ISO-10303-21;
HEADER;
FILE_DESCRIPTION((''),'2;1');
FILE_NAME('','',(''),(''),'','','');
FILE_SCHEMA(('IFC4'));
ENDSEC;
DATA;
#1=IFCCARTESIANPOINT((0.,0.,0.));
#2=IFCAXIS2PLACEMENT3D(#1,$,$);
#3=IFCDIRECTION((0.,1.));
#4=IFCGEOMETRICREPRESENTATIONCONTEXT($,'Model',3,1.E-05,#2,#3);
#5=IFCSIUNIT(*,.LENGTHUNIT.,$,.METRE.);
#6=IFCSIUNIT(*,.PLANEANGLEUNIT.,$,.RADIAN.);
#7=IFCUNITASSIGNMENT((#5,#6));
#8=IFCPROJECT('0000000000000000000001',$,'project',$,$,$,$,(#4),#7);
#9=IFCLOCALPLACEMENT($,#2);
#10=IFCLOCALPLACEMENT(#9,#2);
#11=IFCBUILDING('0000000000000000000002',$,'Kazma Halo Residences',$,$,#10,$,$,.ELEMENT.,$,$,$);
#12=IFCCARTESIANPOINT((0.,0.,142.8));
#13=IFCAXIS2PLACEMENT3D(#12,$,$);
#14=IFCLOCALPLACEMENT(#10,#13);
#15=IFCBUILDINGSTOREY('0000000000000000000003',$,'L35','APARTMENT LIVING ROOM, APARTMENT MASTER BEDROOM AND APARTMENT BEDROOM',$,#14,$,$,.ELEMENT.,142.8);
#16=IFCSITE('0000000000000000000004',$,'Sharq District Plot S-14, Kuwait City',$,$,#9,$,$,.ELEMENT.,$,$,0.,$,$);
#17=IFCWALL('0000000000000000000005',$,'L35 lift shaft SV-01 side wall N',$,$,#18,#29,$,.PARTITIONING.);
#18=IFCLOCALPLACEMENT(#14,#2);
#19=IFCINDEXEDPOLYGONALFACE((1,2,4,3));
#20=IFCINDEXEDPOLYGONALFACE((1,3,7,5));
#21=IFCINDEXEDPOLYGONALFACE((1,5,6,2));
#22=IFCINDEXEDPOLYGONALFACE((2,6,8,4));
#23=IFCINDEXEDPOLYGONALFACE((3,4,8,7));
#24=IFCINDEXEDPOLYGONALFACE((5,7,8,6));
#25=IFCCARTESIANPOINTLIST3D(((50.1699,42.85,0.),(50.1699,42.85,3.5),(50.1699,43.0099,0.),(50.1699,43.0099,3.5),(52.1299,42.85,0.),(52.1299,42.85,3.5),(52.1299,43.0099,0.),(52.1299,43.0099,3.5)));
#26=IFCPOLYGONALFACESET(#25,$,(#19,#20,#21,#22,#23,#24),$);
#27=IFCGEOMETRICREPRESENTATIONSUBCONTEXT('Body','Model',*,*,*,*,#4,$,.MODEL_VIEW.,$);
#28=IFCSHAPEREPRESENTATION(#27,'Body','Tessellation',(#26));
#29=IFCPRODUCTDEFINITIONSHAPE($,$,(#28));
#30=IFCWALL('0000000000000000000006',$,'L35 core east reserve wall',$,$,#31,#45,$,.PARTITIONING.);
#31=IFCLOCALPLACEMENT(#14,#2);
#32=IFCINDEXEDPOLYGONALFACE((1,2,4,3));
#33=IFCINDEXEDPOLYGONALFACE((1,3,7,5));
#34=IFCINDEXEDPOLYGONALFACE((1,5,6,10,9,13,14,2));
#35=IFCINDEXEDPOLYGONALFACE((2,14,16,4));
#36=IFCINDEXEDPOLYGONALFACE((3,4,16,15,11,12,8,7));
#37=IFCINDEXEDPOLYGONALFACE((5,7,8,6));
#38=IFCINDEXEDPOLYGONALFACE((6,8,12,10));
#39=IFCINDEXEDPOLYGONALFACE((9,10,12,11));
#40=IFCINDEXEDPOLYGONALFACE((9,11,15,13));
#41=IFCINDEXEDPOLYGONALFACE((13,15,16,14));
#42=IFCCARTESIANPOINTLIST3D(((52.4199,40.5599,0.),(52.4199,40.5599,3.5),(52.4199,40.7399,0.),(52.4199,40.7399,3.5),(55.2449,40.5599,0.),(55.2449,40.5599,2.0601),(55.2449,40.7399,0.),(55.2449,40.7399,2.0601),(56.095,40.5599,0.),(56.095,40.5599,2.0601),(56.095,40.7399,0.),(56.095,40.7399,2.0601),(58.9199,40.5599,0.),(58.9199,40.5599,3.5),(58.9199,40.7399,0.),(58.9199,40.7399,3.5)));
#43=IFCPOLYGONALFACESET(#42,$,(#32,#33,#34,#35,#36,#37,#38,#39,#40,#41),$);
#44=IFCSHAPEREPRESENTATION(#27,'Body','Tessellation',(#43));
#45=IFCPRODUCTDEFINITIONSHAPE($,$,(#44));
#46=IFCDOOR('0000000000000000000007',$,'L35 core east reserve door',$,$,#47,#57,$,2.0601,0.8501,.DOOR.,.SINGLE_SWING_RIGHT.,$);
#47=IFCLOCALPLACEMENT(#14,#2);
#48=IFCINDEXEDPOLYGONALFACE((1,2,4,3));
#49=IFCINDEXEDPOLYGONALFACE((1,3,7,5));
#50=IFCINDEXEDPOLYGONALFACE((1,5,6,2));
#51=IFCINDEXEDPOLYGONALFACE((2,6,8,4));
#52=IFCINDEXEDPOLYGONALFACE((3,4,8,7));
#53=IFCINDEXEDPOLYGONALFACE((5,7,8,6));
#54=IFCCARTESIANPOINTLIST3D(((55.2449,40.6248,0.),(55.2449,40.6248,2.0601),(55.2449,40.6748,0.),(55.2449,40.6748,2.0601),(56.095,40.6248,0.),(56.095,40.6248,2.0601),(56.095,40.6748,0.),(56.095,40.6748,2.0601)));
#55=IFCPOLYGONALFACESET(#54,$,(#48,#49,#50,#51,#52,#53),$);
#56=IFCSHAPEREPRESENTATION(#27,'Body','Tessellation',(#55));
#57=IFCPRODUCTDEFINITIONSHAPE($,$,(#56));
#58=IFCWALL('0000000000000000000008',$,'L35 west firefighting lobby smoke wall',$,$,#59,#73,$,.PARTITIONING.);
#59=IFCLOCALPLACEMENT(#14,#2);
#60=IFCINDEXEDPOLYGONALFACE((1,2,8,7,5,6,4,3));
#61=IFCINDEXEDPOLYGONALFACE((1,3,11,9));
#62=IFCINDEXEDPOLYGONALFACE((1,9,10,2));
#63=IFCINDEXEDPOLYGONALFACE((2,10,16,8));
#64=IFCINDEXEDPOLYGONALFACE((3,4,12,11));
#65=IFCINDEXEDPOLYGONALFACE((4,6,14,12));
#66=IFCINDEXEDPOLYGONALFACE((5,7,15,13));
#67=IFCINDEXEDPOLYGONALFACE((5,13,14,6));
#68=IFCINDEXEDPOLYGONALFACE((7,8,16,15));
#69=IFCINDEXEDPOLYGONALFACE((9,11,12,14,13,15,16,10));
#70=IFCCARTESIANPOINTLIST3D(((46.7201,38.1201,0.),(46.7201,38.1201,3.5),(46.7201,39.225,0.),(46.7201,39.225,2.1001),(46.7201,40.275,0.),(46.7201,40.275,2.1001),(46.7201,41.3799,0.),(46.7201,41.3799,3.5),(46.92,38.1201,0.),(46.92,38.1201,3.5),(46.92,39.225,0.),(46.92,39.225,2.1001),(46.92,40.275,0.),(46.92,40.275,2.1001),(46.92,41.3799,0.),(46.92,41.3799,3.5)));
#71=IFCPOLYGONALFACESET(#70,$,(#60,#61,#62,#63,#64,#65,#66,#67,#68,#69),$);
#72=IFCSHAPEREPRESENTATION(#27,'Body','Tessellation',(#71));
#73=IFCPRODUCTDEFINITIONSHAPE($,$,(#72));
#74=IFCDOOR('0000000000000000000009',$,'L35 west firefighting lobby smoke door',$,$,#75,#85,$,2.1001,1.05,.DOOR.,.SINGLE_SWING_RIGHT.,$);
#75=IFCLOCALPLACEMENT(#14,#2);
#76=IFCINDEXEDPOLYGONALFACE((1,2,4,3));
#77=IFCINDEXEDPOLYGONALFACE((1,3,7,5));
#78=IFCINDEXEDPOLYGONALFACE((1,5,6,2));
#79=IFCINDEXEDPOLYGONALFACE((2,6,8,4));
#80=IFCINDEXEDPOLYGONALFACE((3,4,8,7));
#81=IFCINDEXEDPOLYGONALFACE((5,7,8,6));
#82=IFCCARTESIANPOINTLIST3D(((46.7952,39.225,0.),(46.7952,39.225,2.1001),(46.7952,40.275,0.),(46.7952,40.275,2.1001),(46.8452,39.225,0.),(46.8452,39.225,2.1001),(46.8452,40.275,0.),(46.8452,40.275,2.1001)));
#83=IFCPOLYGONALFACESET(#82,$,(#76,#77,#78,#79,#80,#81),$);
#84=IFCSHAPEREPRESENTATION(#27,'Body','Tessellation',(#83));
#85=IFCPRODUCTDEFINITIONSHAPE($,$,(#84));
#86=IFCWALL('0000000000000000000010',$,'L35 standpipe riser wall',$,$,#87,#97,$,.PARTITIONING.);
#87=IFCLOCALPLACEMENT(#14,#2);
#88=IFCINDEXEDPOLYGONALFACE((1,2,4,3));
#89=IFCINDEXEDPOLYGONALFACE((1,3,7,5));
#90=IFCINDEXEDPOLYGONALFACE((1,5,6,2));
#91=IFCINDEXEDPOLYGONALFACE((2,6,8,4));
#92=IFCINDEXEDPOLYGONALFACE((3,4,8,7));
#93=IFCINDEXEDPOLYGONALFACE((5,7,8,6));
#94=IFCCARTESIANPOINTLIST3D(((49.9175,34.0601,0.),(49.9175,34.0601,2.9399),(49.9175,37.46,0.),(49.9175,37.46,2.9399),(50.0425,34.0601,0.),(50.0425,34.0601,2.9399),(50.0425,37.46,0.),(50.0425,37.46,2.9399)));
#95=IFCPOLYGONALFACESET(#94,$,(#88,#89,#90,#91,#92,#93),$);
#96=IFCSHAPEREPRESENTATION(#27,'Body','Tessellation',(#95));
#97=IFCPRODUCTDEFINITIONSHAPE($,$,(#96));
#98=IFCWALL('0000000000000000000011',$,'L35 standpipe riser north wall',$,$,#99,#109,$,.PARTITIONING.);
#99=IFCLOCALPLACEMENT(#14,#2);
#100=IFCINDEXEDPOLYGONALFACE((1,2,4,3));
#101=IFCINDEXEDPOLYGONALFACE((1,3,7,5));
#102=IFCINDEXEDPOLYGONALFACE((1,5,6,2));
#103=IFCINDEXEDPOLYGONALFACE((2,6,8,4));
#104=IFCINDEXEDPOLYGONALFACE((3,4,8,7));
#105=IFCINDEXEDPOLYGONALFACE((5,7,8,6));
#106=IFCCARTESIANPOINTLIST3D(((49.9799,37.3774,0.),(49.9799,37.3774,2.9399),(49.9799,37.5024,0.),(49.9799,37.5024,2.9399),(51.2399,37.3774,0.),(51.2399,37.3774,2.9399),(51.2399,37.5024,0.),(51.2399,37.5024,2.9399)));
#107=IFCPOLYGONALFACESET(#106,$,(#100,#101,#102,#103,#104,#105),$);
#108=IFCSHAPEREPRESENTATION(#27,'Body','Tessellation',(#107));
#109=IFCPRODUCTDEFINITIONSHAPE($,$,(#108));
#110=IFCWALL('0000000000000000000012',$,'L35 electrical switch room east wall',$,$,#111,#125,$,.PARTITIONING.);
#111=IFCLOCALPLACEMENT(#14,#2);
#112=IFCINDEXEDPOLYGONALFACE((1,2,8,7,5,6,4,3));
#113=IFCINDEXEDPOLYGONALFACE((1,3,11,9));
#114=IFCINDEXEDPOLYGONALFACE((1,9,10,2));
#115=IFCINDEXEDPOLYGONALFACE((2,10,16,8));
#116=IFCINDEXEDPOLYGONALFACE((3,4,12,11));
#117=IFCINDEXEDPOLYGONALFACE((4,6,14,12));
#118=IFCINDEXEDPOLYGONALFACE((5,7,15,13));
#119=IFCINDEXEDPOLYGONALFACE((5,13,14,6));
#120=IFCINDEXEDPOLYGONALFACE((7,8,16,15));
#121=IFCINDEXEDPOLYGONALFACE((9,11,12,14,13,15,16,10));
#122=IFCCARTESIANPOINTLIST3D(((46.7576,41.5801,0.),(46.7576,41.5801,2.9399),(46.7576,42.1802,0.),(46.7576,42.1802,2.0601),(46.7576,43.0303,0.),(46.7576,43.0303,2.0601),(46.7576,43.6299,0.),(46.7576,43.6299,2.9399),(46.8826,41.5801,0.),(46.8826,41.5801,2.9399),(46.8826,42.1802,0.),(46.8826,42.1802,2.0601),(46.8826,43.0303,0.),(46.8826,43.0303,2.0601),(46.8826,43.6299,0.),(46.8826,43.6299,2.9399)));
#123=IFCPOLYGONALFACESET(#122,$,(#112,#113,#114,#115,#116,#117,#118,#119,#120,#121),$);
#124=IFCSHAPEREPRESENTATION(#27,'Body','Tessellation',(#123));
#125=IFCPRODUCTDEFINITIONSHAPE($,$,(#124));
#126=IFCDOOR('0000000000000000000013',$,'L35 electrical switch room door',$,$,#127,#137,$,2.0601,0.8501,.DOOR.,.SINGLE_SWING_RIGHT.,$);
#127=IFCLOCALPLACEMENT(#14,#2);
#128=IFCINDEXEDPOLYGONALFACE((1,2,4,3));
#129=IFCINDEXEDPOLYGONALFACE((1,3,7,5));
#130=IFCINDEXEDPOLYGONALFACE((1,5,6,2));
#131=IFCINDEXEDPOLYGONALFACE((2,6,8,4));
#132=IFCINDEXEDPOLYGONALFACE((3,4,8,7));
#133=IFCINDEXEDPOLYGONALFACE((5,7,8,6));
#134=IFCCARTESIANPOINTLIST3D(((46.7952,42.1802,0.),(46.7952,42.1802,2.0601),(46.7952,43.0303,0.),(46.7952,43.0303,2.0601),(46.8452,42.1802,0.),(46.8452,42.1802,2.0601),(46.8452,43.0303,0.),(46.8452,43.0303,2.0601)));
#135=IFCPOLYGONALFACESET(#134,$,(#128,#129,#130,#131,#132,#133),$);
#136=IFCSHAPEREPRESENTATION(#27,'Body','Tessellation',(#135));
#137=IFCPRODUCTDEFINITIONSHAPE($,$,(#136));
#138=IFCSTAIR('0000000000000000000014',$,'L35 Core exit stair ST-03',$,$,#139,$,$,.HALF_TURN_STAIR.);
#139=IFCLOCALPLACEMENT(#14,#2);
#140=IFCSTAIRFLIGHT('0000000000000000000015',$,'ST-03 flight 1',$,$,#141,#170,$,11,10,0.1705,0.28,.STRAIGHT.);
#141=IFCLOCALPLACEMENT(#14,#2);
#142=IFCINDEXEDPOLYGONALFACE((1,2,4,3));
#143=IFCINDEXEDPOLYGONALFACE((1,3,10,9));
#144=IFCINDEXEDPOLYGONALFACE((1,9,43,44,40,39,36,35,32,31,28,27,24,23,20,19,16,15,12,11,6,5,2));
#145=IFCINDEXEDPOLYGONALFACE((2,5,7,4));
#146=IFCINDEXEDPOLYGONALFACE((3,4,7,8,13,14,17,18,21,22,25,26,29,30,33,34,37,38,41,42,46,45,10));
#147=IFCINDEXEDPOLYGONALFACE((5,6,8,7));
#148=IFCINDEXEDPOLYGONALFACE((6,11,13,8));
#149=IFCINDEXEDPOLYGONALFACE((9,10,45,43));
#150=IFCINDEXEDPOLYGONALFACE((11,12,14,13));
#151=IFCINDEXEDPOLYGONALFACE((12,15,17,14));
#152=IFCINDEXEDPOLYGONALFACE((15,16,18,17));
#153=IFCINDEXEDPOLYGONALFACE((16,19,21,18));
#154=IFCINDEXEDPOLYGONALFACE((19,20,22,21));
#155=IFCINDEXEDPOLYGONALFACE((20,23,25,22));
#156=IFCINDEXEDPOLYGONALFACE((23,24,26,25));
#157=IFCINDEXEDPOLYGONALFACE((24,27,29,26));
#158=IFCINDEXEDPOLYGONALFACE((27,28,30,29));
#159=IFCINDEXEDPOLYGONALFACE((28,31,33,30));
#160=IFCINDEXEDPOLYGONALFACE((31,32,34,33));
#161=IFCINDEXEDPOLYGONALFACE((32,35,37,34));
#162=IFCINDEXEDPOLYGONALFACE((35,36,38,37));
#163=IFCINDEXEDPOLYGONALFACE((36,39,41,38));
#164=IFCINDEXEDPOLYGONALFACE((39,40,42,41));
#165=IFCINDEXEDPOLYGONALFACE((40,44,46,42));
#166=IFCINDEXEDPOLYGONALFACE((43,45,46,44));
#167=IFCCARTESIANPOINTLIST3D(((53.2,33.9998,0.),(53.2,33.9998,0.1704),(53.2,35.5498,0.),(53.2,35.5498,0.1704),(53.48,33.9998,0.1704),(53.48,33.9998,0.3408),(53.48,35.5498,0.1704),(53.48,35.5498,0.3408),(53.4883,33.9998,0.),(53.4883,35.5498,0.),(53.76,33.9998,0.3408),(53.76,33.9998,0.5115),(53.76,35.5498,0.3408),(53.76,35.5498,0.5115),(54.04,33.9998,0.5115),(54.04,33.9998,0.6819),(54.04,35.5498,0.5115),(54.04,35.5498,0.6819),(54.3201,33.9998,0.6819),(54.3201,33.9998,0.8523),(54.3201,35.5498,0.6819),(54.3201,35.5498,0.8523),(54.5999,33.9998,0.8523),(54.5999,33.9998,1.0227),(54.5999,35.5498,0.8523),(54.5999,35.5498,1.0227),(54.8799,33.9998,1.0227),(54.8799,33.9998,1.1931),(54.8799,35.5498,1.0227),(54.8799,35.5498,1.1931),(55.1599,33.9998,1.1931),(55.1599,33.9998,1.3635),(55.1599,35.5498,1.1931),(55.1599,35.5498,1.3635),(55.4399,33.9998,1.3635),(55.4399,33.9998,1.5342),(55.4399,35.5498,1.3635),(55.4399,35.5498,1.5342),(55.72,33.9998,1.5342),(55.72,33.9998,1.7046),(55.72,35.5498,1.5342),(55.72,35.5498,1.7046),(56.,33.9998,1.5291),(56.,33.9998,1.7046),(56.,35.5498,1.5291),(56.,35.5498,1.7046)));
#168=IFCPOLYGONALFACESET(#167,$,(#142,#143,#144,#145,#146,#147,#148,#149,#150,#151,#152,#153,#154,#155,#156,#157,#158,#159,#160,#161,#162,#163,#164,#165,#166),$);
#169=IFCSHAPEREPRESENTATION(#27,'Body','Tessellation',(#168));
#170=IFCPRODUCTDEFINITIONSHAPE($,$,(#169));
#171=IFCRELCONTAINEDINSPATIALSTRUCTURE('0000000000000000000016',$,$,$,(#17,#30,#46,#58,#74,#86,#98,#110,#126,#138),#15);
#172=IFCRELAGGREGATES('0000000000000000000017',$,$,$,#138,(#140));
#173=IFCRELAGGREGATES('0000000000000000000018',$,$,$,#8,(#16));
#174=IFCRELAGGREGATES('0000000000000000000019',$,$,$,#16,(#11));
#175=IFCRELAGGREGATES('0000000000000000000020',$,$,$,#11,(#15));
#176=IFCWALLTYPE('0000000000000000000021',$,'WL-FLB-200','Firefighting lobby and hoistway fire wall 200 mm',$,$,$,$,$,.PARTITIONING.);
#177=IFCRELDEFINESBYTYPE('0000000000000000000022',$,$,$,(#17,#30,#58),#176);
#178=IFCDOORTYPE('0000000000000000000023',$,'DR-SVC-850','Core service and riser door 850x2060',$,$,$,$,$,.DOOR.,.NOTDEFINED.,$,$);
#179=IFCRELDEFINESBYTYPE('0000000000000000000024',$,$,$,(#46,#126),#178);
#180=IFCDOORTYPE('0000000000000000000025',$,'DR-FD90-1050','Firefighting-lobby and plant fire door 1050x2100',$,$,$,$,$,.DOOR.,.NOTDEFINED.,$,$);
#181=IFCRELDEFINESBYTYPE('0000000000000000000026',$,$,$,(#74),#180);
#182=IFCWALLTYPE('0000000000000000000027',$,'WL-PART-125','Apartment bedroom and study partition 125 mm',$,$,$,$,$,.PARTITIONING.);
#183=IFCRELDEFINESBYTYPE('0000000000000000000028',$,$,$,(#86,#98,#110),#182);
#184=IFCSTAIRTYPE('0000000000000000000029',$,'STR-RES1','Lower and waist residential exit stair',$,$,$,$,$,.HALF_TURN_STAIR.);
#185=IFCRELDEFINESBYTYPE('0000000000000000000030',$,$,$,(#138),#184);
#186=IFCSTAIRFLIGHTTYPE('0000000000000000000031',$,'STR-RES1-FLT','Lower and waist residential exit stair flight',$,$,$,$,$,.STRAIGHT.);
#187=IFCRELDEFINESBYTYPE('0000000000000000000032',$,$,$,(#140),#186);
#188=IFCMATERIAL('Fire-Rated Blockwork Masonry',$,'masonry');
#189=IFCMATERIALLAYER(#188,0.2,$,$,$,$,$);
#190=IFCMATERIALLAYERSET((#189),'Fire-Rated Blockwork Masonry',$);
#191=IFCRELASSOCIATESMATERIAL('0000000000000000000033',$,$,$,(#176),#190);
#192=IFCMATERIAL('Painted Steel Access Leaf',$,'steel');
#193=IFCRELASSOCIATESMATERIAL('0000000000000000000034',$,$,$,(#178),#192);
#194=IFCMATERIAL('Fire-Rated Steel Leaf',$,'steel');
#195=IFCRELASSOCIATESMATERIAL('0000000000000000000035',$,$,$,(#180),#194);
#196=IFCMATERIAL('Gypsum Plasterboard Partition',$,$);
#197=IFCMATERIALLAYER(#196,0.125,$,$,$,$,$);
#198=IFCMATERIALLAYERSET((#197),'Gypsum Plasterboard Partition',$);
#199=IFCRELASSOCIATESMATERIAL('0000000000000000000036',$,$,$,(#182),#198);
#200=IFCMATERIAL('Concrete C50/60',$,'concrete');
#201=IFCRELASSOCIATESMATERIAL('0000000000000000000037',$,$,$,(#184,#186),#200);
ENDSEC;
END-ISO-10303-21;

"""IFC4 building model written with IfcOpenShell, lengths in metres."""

from ifc_helpers import new_model, si_unit, direction, frame, frame_2d, origin, place, context, subcontext, project, spatial, polyline, rectangle, outline, extrude, material, layer, layer_set, type_object, element, fill, aggregate, save


model = new_model("IFC4")

# Units and contexts
model_context = context("Model", 3, precision=1e-05, world=origin(), true_north=direction((0.0, 1.0)))
body_context = subcontext(model_context, "Body", "Model", "MODEL_VIEW")
ifc_project = project(units=[si_unit("LENGTHUNIT", "METRE"), si_unit("PLANEANGLEUNIT", "RADIAN")], contexts=[model_context])

# Site, building, storey
site_placement = place(None, origin())
site = spatial("IfcSite", under=ifc_project, at=site_placement, Name="Sharq District Plot S-14, Kuwait City", CompositionType="ELEMENT", RefElevation=0.0)
building_placement = place(site_placement, origin())
building = spatial("IfcBuilding", under=site, at=building_placement, Name="Kazma Halo Residences", CompositionType="ELEMENT")
storey_placement = place(building_placement, frame((0.0, 0.0, 142.8)))
storey = spatial("IfcBuildingStorey", under=building, at=storey_placement, Name="L35", Description="APARTMENT LIVING ROOM, APARTMENT MASTER BEDROOM AND APARTMENT BEDROOM", CompositionType="ELEMENT", Elevation=142.8)

# Shared definitions
ifc_material_1 = material(Name="Fire-Rated Blockwork Masonry", Category="masonry")
ifc_layer_1 = layer(ifc_material_1, 0.2)
ifc_layer_set_1 = layer_set([ifc_layer_1], Name="Fire-Rated Blockwork Masonry")
wall_type_1 = type_object("IfcWallType", Name="WL-FLB-200", Description="Firefighting lobby and hoistway fire wall 200 mm", PredefinedType="PARTITIONING", material=ifc_layer_set_1)

# Wall
wall_1_placement = place(storey_placement, frame((50.1699, 42.9299, 0.0), z_axis=(0.0, 0.0, 1.0), x_axis=(1.0, 0.0, 0.0)))
element("IfcWall", 1, at=wall_1_placement, inside=storey, type_object=wall_type_1, Name="L35 lift shaft SV-01 side wall N", PredefinedType="PARTITIONING", context=body_context, shape_type="SweptSolid", body=[
    extrude(rectangle(XDim=1.96, YDim=0.1599, at=frame_2d((0.98, 0.0))), origin(), (0.0, 0.0, 1.0), 3.5),
])

# Walls, openings, doors
wall_2_placement = place(storey_placement, frame((52.4199, 40.6499, 0.0), z_axis=(0.0, 0.0, 1.0), x_axis=(1.0, 0.0, 0.0)))
wall_2 = element("IfcWall", 2, at=wall_2_placement, inside=storey, type_object=wall_type_1, Name="L35 core east reserve wall", PredefinedType="PARTITIONING", context=body_context, shape_type="SweptSolid", body=[
    extrude(rectangle(XDim=6.5, YDim=0.1799, at=frame_2d((3.25, 0.0))), origin(), (0.0, 0.0, 1.0), 3.5),
])
opening_1_placement = place(wall_2_placement, frame((2.825, 0.0, 0.0)))
opening_1 = element("IfcOpeningElement", 3, at=opening_1_placement, cuts=wall_2, PredefinedType="OPENING", context=body_context, shape_type="SweptSolid", body=[
    extrude(rectangle(XDim=0.8501, YDim=2.0601, at=frame_2d((0.425, 1.03))), frame((0.0, 0.0999, 0.0), z_axis=(0.0, -1.0, 0.0), x_axis=(1.0, 0.0, 0.0)), (0.0, 0.0, 1.0), 0.2),
])
ifc_material_2 = material(Name="Painted Steel Access Leaf", Category="steel")
door_type_1 = type_object("IfcDoorType", Name="DR-SVC-850", Description="Core service and riser door 850x2060", OperationType="NOTDEFINED", PredefinedType="DOOR", material=ifc_material_2)
door_1_placement = place(opening_1_placement, origin())
door_1 = element("IfcDoor", 4, at=door_1_placement, inside=storey, type_object=door_type_1, Name="L35 core east reserve door", OperationType="SINGLE_SWING_RIGHT", OverallHeight=2.0601, OverallWidth=0.8501, PredefinedType="DOOR", context=body_context, shape_type="SweptSolid", body=[
    extrude(rectangle(XDim=0.8501, YDim=2.0601, at=frame_2d((0.425, 1.03))), frame((0.0, 0.0249, 0.0), z_axis=(0.0, -1.0, 0.0), x_axis=(1.0, 0.0, 0.0)), (0.0, 0.0, 1.0), 0.05),
])
fill(opening_1, door_1)
wall_3_placement = place(storey_placement, frame((46.8201, 38.1201, 0.0), z_axis=(0.0, 0.0, 1.0), x_axis=(0.0, 1.0, 0.0)))
wall_3 = element("IfcWall", 5, at=wall_3_placement, inside=storey, type_object=wall_type_1, Name="L35 west firefighting lobby smoke wall", PredefinedType="PARTITIONING", context=body_context, shape_type="SweptSolid", body=[
    extrude(rectangle(XDim=3.2598, YDim=0.2, at=frame_2d((1.6299, 0.0))), origin(), (0.0, 0.0, 1.0), 3.5),
])
opening_2_placement = place(wall_3_placement, frame((1.105, 0.0, 0.0)))
opening_2 = element("IfcOpeningElement", 6, at=opening_2_placement, cuts=wall_3, PredefinedType="OPENING", context=body_context, shape_type="SweptSolid", body=[
    extrude(rectangle(XDim=1.05, YDim=2.1001, at=frame_2d((0.5249, 1.05))), frame((0.0, 0.1099, 0.0), z_axis=(0.0, -1.0, 0.0), x_axis=(1.0, 0.0, 0.0)), (0.0, 0.0, 1.0), 0.22),
])
ifc_material_3 = material(Name="Fire-Rated Steel Leaf", Category="steel")
door_type_2 = type_object("IfcDoorType", Name="DR-FD90-1050", Description="Firefighting-lobby and plant fire door 1050x2100", OperationType="NOTDEFINED", PredefinedType="DOOR", material=ifc_material_3)
door_2_placement = place(opening_2_placement, origin())
door_2 = element("IfcDoor", 7, at=door_2_placement, inside=storey, type_object=door_type_2, Name="L35 west firefighting lobby smoke door", OperationType="SINGLE_SWING_RIGHT", OverallHeight=2.1001, OverallWidth=1.05, PredefinedType="DOOR", context=body_context, shape_type="SweptSolid", body=[
    extrude(rectangle(XDim=1.05, YDim=2.1001, at=frame_2d((0.5249, 1.05))), frame((0.0, 0.0249, 0.0), z_axis=(0.0, -1.0, 0.0), x_axis=(1.0, 0.0, 0.0)), (0.0, 0.0, 1.0), 0.05),
])
fill(opening_2, door_2)

# Walls
ifc_material_4 = material(Name="Gypsum Plasterboard Partition")
ifc_layer_2 = layer(ifc_material_4, 0.125)
ifc_layer_set_2 = layer_set([ifc_layer_2], Name="Gypsum Plasterboard Partition")
wall_type_2 = type_object("IfcWallType", Name="WL-PART-125", Description="Apartment bedroom and study partition 125 mm", PredefinedType="PARTITIONING", material=ifc_layer_set_2)
wall_4_placement = place(storey_placement, frame((49.98, 34.0601, 0.0), z_axis=(0.0, 0.0, 1.0), x_axis=(0.0, 1.0, 0.0)))
element("IfcWall", 8, at=wall_4_placement, inside=storey, type_object=wall_type_2, Name="L35 standpipe riser wall", PredefinedType="PARTITIONING", context=body_context, shape_type="SweptSolid", body=[
    extrude(rectangle(XDim=3.3999, YDim=0.125, at=frame_2d((1.7, 0.0))), origin(), (0.0, 0.0, 1.0), 2.9399),
])
wall_5_placement = place(storey_placement, frame((49.98, 37.4399, 0.0), z_axis=(0.0, 0.0, 1.0), x_axis=(1.0, 0.0, 0.0)))
element("IfcWall", 9, at=wall_5_placement, inside=storey, type_object=wall_type_2, Name="L35 standpipe riser north wall", PredefinedType="PARTITIONING", context=body_context, shape_type="SweptSolid", body=[
    extrude(rectangle(XDim=1.26, YDim=0.125, at=frame_2d((0.6299, 0.0))), origin(), (0.0, 0.0, 1.0), 2.9399),
])

# Wall, opening, door
wall_6_placement = place(storey_placement, frame((46.8201, 41.5801, 0.0), z_axis=(0.0, 0.0, 1.0), x_axis=(0.0, 1.0, 0.0)))
wall_6 = element("IfcWall", 10, at=wall_6_placement, inside=storey, type_object=wall_type_2, Name="L35 electrical switch room east wall", PredefinedType="PARTITIONING", context=body_context, shape_type="SweptSolid", body=[
    extrude(rectangle(XDim=2.0498, YDim=0.125, at=frame_2d((1.0249, 0.0))), origin(), (0.0, 0.0, 1.0), 2.9399),
])
opening_3_placement = place(wall_6_placement, frame((0.6001, 0.0, 0.0)))
opening_3 = element("IfcOpeningElement", 11, at=opening_3_placement, cuts=wall_6, PredefinedType="OPENING", context=body_context, shape_type="SweptSolid", body=[
    extrude(rectangle(XDim=0.8501, YDim=2.0601, at=frame_2d((0.425, 1.03))), frame((0.0, 0.0725, 0.0), z_axis=(0.0, -1.0, 0.0), x_axis=(1.0, 0.0, 0.0)), (0.0, 0.0, 1.0), 0.145),
])
door_3_placement = place(opening_3_placement, origin())
door_3 = element("IfcDoor", 12, at=door_3_placement, inside=storey, type_object=door_type_1, Name="L35 electrical switch room door", OperationType="SINGLE_SWING_RIGHT", OverallHeight=2.0601, OverallWidth=0.8501, PredefinedType="DOOR", context=body_context, shape_type="SweptSolid", body=[
    extrude(rectangle(XDim=0.8501, YDim=2.0601, at=frame_2d((0.425, 1.03))), frame((0.0, 0.0249, 0.0), z_axis=(0.0, -1.0, 0.0), x_axis=(1.0, 0.0, 0.0)), (0.0, 0.0, 1.0), 0.05),
])
fill(opening_3, door_3)
ifc_material_5 = material(Name="Concrete C50/60", Category="concrete")

# Stair, stair flight
stair_type = type_object("IfcStairType", Name="STR-RES1", Description="Lower and waist residential exit stair", PredefinedType="HALF_TURN_STAIR", material=ifc_material_5)
stair_placement = place(storey_placement, origin())
stair = element("IfcStair", 13, at=stair_placement, inside=storey, type_object=stair_type, Name="L35 Core exit stair ST-03", PredefinedType="HALF_TURN_STAIR")
stair_flight_type = type_object("IfcStairFlightType", Name="STR-RES1-FLT", Description="Lower and waist residential exit stair flight", PredefinedType="STRAIGHT", material=ifc_material_5)
stair_flight_1_placement = place(storey_placement, frame((53.2, 34.7749, 0.0), z_axis=(0.0, 0.0, 1.0), x_axis=(1.0, 0.0, 0.0)))
stair_flight_1 = element("IfcStairFlight", 14, at=stair_flight_1_placement, type_object=stair_flight_type, Name="ST-03 flight 1", NumberOfRisers=11, NumberOfTreads=10, PredefinedType="STRAIGHT", RiserHeight=0.1705, TreadLength=0.28, context=body_context, shape_type="SweptSolid", body=[
    extrude(outline(polyline([(0.0, 0.0), (0.0, 0.1704), (0.28, 0.1704), (0.28, 0.3408), (0.5601, 0.3408), (0.5601, 0.5115), (0.8401, 0.5115), (0.8401, 0.6819), (1.1201, 0.6819), (1.1201, 0.8523), (1.3999, 0.8523), (1.3999, 1.0227), (1.6799, 1.0227), (1.6799, 1.1931), (1.96, 1.1931), (1.96, 1.3635), (2.24, 1.3635), (2.24, 1.5342), (2.52, 1.5342), (2.52, 1.7046), (2.8, 1.7046), (2.8, 1.875), (2.8, 1.5291), (0.2883, 0.0), (0.0, 0.0)])), frame((0.0, 0.7749, 0.0), z_axis=(0.0, -1.0, 0.0), x_axis=(1.0, 0.0, 0.0)), (0.0, 0.0, 1.0), 1.55),
])
aggregate(stair, [stair_flight_1])

save(model, "model.ifc")
